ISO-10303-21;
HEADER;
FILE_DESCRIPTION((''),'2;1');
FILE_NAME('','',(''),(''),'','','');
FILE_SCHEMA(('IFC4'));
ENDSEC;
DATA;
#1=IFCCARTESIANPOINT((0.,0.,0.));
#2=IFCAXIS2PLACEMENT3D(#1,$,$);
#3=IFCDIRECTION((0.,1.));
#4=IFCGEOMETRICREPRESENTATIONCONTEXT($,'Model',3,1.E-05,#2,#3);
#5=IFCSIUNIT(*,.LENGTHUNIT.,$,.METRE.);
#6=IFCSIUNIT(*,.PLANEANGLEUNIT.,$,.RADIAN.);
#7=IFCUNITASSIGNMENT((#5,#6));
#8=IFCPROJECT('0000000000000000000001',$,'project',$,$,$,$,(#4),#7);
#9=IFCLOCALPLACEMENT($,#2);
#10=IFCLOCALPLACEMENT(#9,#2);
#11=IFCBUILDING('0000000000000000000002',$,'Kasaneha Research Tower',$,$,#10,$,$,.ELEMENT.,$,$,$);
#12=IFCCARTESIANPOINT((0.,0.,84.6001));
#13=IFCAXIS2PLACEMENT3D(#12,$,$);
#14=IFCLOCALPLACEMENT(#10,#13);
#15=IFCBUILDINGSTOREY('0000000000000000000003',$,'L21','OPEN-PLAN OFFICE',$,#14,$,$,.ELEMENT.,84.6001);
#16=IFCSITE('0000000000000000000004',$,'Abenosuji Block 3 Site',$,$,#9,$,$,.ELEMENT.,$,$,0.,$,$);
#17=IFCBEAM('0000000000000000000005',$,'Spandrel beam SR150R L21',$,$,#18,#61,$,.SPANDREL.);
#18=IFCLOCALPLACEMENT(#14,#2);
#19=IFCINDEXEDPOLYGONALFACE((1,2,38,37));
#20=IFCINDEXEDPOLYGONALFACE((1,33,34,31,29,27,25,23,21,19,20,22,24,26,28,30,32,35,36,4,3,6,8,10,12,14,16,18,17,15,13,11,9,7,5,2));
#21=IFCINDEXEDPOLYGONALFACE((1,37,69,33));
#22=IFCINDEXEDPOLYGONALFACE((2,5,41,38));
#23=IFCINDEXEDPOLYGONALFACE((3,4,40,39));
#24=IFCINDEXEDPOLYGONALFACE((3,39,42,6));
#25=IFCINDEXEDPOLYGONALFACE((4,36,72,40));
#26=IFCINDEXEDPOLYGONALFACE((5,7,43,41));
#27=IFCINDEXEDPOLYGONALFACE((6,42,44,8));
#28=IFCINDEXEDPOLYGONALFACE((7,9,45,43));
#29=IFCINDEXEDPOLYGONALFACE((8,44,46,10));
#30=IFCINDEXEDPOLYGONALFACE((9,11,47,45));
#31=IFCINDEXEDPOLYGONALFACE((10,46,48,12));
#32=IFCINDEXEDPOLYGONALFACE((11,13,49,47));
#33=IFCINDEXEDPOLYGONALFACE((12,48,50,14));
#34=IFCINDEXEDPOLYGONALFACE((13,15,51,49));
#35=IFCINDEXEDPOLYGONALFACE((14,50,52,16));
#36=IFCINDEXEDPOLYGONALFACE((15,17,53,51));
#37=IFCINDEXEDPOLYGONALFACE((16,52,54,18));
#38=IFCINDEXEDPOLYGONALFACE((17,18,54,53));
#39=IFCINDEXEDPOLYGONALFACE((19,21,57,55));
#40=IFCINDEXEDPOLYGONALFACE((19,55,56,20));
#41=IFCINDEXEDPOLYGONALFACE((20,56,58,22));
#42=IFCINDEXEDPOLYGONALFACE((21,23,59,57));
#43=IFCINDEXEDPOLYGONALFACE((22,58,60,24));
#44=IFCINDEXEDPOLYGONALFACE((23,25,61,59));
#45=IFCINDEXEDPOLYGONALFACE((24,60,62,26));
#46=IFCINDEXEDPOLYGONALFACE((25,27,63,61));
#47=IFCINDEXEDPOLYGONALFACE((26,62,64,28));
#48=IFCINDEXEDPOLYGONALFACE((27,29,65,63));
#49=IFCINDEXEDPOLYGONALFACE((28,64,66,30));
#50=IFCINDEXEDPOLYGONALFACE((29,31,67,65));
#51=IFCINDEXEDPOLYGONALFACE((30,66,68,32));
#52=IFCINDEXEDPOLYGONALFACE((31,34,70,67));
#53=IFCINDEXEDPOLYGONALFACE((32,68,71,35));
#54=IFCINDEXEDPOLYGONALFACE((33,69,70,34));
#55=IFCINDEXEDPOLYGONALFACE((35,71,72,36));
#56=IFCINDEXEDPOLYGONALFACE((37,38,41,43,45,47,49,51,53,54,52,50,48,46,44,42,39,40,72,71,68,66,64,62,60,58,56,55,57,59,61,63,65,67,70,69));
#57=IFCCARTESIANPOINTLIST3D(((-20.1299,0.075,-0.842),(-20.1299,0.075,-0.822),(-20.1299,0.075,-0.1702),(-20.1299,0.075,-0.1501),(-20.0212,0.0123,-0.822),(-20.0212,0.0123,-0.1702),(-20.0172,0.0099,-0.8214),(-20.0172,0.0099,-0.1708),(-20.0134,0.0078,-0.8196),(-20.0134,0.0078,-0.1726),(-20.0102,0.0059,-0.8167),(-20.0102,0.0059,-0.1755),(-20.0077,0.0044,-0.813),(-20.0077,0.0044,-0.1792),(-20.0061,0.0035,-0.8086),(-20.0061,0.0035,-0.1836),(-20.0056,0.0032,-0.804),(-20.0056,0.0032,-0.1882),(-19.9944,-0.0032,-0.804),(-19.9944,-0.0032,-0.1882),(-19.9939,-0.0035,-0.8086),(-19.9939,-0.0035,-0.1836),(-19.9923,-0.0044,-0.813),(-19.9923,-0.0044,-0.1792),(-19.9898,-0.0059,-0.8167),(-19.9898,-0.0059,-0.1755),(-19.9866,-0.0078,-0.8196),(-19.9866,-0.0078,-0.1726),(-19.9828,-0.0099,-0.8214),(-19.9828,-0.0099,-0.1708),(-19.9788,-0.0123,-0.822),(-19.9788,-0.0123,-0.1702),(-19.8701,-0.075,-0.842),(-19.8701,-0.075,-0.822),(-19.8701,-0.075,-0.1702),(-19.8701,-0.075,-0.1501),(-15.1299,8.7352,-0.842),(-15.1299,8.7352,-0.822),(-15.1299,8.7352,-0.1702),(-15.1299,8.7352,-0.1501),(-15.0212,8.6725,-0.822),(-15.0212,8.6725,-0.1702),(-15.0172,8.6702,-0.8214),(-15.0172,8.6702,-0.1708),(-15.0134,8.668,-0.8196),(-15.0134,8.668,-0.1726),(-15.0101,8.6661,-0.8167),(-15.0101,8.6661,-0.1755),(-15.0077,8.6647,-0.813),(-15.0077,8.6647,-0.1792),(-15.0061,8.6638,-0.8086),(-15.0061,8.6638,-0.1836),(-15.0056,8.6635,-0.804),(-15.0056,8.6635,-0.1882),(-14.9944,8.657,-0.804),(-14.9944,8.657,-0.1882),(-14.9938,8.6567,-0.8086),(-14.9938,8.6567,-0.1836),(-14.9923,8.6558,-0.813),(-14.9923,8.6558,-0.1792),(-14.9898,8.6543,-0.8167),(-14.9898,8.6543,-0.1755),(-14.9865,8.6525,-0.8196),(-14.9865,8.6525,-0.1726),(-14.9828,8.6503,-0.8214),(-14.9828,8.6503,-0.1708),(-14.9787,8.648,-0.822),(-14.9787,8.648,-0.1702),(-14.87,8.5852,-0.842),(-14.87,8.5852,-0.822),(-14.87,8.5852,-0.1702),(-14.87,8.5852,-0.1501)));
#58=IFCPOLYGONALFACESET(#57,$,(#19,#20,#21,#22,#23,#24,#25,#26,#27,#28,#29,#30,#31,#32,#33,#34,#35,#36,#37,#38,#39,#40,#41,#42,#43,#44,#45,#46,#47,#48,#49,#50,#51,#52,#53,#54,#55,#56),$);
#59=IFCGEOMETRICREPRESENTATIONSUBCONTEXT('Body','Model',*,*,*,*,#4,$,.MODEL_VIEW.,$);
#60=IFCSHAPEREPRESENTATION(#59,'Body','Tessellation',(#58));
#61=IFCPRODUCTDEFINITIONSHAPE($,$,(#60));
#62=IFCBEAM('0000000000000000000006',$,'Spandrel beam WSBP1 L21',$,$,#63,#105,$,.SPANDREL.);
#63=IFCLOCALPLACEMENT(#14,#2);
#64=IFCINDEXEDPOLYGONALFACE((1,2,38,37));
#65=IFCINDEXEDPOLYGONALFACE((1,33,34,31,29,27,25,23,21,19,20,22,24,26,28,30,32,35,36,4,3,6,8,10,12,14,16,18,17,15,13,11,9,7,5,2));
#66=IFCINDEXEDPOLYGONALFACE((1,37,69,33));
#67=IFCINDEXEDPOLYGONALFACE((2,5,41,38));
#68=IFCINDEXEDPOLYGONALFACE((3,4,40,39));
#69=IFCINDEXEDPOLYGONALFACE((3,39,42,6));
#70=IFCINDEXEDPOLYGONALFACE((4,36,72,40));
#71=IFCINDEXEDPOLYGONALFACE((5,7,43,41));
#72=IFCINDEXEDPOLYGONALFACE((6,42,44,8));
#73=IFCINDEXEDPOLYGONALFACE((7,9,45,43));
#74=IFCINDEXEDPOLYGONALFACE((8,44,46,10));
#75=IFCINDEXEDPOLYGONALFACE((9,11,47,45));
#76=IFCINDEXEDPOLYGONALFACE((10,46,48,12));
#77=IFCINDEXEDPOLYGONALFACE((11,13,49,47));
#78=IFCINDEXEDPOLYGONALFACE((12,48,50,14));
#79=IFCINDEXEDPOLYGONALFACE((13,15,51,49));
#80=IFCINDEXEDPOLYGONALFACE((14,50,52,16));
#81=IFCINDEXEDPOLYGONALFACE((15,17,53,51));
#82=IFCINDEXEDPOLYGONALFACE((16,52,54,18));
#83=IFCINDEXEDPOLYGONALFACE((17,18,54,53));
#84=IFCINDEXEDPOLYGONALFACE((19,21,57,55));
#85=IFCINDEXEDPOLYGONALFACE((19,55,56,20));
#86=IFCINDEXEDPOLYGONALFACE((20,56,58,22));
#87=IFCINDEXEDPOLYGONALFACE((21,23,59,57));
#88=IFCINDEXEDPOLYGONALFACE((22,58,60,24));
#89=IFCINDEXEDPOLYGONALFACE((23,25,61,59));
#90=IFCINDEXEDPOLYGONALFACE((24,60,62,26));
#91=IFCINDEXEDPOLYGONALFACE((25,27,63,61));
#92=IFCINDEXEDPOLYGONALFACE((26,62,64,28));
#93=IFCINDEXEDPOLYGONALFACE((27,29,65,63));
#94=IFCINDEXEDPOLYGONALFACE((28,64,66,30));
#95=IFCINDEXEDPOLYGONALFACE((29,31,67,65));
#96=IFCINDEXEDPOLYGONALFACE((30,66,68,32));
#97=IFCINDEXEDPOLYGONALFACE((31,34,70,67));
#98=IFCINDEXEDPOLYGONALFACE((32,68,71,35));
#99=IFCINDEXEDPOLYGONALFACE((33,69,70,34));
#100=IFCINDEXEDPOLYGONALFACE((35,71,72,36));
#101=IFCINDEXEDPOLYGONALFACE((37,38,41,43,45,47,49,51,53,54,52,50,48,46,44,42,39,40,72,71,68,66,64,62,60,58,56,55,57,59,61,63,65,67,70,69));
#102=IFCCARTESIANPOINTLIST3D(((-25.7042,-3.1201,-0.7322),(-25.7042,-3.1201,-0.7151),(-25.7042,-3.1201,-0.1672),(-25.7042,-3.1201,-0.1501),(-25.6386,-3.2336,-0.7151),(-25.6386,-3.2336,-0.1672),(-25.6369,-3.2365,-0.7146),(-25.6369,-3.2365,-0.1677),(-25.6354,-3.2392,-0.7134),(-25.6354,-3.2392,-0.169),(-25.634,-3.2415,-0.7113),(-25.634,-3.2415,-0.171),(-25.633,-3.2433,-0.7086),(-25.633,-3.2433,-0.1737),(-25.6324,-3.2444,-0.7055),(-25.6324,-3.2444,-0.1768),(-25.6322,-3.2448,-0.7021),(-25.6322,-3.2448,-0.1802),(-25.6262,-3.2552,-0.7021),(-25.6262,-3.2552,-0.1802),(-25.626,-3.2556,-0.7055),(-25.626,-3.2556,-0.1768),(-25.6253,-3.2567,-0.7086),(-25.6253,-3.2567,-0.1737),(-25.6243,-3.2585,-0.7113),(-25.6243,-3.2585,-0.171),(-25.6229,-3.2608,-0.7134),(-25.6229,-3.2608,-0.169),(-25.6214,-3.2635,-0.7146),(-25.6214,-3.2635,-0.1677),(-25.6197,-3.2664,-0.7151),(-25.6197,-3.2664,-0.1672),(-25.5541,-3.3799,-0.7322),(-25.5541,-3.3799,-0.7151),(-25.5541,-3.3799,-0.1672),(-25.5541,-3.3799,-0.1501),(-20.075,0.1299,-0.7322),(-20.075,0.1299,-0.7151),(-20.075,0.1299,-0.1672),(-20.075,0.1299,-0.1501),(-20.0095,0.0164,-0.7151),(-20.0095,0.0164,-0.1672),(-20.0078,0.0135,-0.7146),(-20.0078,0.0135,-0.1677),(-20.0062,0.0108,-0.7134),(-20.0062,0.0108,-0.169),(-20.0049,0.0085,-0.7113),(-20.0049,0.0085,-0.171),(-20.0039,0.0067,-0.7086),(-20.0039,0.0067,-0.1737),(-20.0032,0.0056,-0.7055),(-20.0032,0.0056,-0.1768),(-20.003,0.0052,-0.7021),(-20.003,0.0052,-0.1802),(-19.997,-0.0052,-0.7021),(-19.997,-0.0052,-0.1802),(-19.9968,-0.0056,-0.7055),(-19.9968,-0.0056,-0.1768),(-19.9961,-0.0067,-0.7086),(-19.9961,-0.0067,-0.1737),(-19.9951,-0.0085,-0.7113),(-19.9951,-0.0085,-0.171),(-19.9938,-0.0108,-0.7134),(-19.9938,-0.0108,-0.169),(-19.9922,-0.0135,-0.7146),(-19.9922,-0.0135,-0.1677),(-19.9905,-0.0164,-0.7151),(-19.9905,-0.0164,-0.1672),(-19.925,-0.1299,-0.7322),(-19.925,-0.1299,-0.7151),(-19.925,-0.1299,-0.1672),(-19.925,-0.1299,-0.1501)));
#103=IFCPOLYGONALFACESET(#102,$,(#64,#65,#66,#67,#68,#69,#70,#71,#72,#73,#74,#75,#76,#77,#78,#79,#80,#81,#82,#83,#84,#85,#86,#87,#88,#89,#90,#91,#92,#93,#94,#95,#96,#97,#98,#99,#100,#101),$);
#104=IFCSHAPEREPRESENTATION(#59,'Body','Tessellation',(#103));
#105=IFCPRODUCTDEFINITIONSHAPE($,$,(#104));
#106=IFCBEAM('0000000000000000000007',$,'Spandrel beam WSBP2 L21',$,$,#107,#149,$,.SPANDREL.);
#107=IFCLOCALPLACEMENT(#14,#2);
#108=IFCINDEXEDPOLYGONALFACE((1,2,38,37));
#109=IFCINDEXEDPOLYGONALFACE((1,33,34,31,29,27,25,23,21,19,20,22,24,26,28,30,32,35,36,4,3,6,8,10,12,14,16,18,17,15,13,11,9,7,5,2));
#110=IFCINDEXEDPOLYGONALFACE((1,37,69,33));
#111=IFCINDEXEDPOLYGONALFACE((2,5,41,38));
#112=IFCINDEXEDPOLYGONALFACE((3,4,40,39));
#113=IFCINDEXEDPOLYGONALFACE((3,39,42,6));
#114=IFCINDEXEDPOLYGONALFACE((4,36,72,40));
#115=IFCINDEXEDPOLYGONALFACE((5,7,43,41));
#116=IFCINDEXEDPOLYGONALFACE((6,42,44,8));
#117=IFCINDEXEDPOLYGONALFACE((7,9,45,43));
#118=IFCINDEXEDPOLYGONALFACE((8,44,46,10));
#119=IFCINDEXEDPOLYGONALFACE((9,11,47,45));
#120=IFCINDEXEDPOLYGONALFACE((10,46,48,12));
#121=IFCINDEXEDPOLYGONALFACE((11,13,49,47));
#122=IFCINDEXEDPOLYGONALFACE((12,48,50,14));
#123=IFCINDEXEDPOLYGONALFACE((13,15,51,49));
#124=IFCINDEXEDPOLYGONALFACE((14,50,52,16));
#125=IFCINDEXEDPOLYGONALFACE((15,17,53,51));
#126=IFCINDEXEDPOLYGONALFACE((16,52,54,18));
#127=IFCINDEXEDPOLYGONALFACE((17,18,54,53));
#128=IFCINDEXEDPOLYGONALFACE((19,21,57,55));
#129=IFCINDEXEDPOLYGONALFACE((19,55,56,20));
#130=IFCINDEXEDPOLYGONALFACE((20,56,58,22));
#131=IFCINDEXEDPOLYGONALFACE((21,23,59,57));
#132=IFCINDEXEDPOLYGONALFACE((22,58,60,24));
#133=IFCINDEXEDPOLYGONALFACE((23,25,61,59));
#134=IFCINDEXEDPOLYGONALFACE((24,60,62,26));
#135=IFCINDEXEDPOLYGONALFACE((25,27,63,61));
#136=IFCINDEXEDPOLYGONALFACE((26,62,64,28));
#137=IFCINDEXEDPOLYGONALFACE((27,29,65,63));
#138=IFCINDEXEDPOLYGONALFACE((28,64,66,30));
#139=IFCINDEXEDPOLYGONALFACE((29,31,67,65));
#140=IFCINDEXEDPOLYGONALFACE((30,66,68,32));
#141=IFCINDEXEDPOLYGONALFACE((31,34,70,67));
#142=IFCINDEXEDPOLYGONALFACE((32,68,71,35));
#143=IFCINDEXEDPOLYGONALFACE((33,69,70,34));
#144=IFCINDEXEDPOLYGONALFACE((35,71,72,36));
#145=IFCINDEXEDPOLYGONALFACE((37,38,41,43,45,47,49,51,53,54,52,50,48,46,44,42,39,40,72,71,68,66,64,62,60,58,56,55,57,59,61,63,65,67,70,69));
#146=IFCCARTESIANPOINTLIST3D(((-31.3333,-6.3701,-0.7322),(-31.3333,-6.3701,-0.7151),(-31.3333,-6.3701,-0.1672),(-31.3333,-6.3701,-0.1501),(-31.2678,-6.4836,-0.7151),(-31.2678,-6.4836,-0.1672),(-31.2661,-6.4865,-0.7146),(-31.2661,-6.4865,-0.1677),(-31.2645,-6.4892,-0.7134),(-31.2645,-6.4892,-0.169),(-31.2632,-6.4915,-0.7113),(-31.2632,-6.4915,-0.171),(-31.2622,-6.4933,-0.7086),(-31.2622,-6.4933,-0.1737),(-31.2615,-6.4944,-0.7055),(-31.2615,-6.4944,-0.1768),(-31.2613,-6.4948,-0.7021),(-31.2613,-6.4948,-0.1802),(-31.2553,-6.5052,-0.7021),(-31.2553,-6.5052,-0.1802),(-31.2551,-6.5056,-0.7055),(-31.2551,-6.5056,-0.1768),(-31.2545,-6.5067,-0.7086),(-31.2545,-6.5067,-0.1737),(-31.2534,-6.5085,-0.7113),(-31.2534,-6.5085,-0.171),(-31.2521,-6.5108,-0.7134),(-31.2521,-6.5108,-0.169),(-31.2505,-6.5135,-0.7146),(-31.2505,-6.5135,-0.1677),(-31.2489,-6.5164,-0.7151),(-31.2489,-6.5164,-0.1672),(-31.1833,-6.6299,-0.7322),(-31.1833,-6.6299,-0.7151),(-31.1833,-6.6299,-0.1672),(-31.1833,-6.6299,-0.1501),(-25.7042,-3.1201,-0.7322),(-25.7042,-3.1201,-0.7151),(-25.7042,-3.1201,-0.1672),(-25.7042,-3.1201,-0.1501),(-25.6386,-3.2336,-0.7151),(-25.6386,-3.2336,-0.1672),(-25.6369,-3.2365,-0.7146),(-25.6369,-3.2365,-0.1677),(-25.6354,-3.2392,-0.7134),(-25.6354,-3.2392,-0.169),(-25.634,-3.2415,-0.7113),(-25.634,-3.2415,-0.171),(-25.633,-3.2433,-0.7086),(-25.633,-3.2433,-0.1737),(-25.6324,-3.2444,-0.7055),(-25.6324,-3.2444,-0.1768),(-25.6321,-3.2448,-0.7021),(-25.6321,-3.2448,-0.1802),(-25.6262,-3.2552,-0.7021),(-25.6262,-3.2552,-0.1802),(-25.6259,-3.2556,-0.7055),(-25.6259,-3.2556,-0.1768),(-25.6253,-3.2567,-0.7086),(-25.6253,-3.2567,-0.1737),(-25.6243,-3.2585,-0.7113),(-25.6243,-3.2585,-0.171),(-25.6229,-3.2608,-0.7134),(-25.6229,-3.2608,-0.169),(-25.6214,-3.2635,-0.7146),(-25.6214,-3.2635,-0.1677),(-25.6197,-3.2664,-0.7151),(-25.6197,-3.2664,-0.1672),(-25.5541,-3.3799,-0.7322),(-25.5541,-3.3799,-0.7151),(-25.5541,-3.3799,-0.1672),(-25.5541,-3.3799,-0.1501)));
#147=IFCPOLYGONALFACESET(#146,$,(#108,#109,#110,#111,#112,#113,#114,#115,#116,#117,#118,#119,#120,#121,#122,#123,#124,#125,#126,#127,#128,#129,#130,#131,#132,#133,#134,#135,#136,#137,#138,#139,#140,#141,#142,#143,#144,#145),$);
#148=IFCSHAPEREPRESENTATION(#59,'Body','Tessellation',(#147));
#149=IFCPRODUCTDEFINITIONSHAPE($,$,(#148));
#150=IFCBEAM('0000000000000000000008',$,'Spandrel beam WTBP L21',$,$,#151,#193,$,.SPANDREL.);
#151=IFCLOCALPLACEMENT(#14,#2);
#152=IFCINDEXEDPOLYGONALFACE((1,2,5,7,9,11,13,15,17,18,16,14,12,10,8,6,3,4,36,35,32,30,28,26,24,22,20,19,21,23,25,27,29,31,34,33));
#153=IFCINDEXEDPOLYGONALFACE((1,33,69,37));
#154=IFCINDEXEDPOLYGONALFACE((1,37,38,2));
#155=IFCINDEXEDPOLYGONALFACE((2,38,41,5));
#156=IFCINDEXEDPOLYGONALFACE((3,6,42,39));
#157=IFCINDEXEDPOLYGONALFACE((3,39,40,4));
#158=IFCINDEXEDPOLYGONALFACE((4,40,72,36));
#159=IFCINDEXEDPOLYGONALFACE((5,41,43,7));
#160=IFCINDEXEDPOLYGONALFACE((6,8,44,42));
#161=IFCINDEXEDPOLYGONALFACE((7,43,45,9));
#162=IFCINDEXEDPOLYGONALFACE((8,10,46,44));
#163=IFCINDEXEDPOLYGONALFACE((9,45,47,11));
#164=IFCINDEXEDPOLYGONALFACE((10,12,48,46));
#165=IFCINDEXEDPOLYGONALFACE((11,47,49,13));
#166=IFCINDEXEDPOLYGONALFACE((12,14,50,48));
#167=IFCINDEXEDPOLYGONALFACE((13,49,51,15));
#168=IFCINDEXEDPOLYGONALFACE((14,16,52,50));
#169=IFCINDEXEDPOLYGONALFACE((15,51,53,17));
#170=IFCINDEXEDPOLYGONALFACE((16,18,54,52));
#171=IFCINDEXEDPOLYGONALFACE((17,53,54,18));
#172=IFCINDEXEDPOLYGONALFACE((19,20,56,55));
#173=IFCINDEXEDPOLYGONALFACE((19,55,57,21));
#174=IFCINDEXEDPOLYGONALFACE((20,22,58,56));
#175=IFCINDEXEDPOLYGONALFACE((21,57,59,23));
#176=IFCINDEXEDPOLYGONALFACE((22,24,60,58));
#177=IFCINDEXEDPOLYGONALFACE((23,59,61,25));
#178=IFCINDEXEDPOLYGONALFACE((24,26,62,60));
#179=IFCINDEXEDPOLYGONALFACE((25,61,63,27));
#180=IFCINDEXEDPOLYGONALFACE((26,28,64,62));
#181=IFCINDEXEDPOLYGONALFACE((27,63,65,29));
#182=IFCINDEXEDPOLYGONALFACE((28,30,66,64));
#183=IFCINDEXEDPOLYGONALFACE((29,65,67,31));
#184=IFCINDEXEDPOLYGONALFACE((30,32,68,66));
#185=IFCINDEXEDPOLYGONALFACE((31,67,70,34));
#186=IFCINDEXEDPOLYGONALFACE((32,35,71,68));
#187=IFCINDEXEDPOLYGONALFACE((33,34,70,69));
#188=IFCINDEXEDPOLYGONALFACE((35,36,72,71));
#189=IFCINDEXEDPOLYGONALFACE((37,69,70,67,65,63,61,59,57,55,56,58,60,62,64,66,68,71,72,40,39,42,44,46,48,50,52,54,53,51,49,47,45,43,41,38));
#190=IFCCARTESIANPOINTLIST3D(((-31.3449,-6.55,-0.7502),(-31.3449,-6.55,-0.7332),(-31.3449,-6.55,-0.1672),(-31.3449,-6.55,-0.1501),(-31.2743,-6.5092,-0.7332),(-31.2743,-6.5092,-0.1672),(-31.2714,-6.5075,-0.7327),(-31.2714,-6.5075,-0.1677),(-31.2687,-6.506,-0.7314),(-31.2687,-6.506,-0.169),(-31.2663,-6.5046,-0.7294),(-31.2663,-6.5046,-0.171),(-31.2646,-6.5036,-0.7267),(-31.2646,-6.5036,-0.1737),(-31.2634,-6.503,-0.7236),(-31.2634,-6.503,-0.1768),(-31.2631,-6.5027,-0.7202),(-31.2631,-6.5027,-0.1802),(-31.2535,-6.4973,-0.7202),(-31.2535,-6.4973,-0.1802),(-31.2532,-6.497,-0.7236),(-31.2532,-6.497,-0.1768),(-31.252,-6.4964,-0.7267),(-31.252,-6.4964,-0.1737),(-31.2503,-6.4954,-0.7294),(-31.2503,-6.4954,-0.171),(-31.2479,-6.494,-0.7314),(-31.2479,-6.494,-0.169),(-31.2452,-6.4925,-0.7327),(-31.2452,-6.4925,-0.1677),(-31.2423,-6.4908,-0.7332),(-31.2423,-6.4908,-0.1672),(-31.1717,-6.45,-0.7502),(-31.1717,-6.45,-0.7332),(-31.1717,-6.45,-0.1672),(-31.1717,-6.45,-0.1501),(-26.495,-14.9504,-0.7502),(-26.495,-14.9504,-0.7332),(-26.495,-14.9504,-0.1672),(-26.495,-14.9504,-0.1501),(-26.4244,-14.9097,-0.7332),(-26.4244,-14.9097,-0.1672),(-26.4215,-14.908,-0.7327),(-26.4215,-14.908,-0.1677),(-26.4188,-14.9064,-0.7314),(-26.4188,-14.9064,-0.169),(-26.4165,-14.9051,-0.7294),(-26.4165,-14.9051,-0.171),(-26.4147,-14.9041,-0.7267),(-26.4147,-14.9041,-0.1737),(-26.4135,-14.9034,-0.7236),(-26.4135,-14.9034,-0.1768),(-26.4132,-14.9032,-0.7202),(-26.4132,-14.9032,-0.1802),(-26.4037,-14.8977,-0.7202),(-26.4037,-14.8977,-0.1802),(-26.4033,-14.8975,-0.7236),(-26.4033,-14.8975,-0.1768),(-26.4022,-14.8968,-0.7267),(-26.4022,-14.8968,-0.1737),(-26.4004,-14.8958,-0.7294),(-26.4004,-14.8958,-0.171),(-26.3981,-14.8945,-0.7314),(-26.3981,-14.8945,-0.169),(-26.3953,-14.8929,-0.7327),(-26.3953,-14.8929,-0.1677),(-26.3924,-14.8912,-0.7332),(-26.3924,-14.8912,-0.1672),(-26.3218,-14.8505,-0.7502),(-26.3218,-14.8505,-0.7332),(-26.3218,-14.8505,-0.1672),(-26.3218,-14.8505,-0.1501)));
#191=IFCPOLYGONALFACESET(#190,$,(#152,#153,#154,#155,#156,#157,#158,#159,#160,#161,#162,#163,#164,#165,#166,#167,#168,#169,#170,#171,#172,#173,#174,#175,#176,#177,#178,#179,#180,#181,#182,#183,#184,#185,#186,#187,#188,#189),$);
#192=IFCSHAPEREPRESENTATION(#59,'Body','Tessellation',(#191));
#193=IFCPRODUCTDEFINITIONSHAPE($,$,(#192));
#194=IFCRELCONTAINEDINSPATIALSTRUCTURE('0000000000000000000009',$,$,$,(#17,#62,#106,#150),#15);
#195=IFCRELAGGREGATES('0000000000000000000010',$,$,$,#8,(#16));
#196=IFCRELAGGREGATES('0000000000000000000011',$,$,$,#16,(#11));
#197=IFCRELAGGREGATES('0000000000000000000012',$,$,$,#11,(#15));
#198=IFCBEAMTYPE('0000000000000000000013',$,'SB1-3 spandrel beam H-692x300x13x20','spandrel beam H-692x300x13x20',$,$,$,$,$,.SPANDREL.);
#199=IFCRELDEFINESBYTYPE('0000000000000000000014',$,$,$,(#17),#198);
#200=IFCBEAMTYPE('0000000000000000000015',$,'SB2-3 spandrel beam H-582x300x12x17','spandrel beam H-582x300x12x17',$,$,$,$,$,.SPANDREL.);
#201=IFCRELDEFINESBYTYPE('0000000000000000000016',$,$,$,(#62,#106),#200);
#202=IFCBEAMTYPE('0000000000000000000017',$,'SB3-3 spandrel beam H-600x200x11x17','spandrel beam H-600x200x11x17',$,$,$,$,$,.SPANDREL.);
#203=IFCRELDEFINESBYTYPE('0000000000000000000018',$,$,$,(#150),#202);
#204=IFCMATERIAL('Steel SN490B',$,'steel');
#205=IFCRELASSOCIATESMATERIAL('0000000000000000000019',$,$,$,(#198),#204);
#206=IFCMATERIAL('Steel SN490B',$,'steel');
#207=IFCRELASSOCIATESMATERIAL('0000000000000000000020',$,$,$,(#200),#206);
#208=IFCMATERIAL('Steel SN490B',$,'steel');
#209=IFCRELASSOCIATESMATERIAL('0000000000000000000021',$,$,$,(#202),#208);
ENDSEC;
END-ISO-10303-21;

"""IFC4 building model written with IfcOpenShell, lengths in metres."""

from ifc_helpers import new_model, si_unit, direction, frame, origin, origin_2d, place, context, subcontext, project, spatial, i_section, extrude, material, material_profile, profile_set, type_object, element, save


model = new_model("IFC4")

# Units and contexts
model_context = context("Model", 3, precision=1e-05, world=origin(), true_north=direction((0.0, 1.0)))
body_context = subcontext(model_context, "Body", "Model", "MODEL_VIEW")
ifc_project = project(units=[si_unit("LENGTHUNIT", "METRE"), si_unit("PLANEANGLEUNIT", "RADIAN")], contexts=[model_context])

# Site, building, storey
site_placement = place(None, origin())
site = spatial("IfcSite", under=ifc_project, at=site_placement, Name="Abenosuji Block 3 Site", CompositionType="ELEMENT", RefElevation=0.0)
building_placement = place(site_placement, origin())
building = spatial("IfcBuilding", under=site, at=building_placement, Name="Kasaneha Research Tower", CompositionType="ELEMENT")
storey_placement = place(building_placement, frame((0.0, 0.0, 84.6001)))
storey = spatial("IfcBuildingStorey", under=building, at=storey_placement, Name="L21", Description="OPEN-PLAN OFFICE", CompositionType="ELEMENT", Elevation=84.6001)

# Beams
ifc_material_1 = material(Name="Steel SN490B", Category="steel")
ifc_material_profile_1 = material_profile(ifc_material_1, i_section(OverallWidth=0.3, OverallDepth=0.6919, WebThickness=0.0129, FlangeThickness=0.02, FilletRadius=0.0181, at=origin_2d()), Name="H-692x300x13x20")
ifc_profile_set_1 = profile_set([ifc_material_profile_1], Name="Steel SN490B")
beam_type_1 = type_object("IfcBeamType", Name="SB1-3 spandrel beam H-692x300x13x20", Description="spandrel beam H-692x300x13x20", PredefinedType="SPANDREL", material=ifc_profile_set_1)
beam_1_placement = place(storey_placement, frame((-20.0, 0.0, -0.4961), z_axis=(0.500004, 0.866023, 0.0), x_axis=(-0.866023, 0.500004, 0.0)))
element("IfcBeam", 1, at=beam_1_placement, inside=storey, type_object=beam_type_1, Name="Spandrel beam SR150R L21", PredefinedType="SPANDREL", context=body_context, shape_type="SweptSolid", body=[
    extrude(i_section(OverallWidth=0.3, OverallDepth=0.6919, WebThickness=0.0129, FlangeThickness=0.02, FilletRadius=0.0181, at=origin_2d()), origin(), (0.0, 0.0, 1.0), 10.0),
])
ifc_material_2 = material(Name="Steel SN490B", Category="steel")
ifc_material_profile_2 = material_profile(ifc_material_2, i_section(OverallWidth=0.3, OverallDepth=0.582, WebThickness=0.012, FlangeThickness=0.0171, FilletRadius=0.0129, at=origin_2d()), Name="H-582x300x12x17")
ifc_profile_set_2 = profile_set([ifc_material_profile_2], Name="Steel SN490B")
beam_type_2 = type_object("IfcBeamType", Name="SB2-3 spandrel beam H-582x300x12x17", Description="spandrel beam H-582x300x12x17", PredefinedType="SPANDREL", material=ifc_profile_set_2)
for number, where, z_axis, x_axis, name in (
    (2, (-20.0, 0.0, -0.4412), (-0.866025, -0.500001, 0.0), (0.500001, -0.866025, 0.0), "Spandrel beam WSBP1 L21"),
    (3, (-25.6292, -3.25, -0.4412), (-0.866025, -0.500001, 0.0), (0.500001, -0.866025, 0.0), "Spandrel beam WSBP2 L21"),
):
    element("IfcBeam", number, at=place(storey_placement, frame(where, z_axis=z_axis, x_axis=x_axis)), inside=storey, type_object=beam_type_2, Name=name, PredefinedType="SPANDREL", context=body_context, shape_type="SweptSolid", body=[
        extrude(i_section(OverallWidth=0.3, OverallDepth=0.582, WebThickness=0.012, FlangeThickness=0.0171, FilletRadius=0.0129, at=origin_2d()), origin(), (0.0, 0.0, 1.0), 6.5),
    ])
ifc_material_3 = material(Name="Steel SN490B", Category="steel")
ifc_material_profile_3 = material_profile(ifc_material_3, i_section(OverallWidth=0.2, OverallDepth=0.6001, WebThickness=0.011, FlangeThickness=0.0171, FilletRadius=0.0129, at=origin_2d()), Name="H-600x200x11x17")
ifc_profile_set_3 = profile_set([ifc_material_profile_3], Name="Steel SN490B")
beam_type_3 = type_object("IfcBeamType", Name="SB3-3 spandrel beam H-600x200x11x17", Description="spandrel beam H-600x200x11x17", PredefinedType="SPANDREL", material=ifc_profile_set_3)
beam_2_placement = place(storey_placement, frame((-31.2583, -6.5, -0.4502), z_axis=(0.499991, -0.866031, 0.0), x_axis=(0.866031, 0.499991, 0.0)))
element("IfcBeam", 4, at=beam_2_placement, inside=storey, type_object=beam_type_3, Name="Spandrel beam WTBP L21", PredefinedType="SPANDREL", context=body_context, shape_type="SweptSolid", body=[
    extrude(i_section(OverallWidth=0.2, OverallDepth=0.6001, WebThickness=0.011, FlangeThickness=0.0171, FilletRadius=0.0129, at=origin_2d()), origin(), (0.0, 0.0, 1.0), 9.7),
])

save(model, "model.ifc")
